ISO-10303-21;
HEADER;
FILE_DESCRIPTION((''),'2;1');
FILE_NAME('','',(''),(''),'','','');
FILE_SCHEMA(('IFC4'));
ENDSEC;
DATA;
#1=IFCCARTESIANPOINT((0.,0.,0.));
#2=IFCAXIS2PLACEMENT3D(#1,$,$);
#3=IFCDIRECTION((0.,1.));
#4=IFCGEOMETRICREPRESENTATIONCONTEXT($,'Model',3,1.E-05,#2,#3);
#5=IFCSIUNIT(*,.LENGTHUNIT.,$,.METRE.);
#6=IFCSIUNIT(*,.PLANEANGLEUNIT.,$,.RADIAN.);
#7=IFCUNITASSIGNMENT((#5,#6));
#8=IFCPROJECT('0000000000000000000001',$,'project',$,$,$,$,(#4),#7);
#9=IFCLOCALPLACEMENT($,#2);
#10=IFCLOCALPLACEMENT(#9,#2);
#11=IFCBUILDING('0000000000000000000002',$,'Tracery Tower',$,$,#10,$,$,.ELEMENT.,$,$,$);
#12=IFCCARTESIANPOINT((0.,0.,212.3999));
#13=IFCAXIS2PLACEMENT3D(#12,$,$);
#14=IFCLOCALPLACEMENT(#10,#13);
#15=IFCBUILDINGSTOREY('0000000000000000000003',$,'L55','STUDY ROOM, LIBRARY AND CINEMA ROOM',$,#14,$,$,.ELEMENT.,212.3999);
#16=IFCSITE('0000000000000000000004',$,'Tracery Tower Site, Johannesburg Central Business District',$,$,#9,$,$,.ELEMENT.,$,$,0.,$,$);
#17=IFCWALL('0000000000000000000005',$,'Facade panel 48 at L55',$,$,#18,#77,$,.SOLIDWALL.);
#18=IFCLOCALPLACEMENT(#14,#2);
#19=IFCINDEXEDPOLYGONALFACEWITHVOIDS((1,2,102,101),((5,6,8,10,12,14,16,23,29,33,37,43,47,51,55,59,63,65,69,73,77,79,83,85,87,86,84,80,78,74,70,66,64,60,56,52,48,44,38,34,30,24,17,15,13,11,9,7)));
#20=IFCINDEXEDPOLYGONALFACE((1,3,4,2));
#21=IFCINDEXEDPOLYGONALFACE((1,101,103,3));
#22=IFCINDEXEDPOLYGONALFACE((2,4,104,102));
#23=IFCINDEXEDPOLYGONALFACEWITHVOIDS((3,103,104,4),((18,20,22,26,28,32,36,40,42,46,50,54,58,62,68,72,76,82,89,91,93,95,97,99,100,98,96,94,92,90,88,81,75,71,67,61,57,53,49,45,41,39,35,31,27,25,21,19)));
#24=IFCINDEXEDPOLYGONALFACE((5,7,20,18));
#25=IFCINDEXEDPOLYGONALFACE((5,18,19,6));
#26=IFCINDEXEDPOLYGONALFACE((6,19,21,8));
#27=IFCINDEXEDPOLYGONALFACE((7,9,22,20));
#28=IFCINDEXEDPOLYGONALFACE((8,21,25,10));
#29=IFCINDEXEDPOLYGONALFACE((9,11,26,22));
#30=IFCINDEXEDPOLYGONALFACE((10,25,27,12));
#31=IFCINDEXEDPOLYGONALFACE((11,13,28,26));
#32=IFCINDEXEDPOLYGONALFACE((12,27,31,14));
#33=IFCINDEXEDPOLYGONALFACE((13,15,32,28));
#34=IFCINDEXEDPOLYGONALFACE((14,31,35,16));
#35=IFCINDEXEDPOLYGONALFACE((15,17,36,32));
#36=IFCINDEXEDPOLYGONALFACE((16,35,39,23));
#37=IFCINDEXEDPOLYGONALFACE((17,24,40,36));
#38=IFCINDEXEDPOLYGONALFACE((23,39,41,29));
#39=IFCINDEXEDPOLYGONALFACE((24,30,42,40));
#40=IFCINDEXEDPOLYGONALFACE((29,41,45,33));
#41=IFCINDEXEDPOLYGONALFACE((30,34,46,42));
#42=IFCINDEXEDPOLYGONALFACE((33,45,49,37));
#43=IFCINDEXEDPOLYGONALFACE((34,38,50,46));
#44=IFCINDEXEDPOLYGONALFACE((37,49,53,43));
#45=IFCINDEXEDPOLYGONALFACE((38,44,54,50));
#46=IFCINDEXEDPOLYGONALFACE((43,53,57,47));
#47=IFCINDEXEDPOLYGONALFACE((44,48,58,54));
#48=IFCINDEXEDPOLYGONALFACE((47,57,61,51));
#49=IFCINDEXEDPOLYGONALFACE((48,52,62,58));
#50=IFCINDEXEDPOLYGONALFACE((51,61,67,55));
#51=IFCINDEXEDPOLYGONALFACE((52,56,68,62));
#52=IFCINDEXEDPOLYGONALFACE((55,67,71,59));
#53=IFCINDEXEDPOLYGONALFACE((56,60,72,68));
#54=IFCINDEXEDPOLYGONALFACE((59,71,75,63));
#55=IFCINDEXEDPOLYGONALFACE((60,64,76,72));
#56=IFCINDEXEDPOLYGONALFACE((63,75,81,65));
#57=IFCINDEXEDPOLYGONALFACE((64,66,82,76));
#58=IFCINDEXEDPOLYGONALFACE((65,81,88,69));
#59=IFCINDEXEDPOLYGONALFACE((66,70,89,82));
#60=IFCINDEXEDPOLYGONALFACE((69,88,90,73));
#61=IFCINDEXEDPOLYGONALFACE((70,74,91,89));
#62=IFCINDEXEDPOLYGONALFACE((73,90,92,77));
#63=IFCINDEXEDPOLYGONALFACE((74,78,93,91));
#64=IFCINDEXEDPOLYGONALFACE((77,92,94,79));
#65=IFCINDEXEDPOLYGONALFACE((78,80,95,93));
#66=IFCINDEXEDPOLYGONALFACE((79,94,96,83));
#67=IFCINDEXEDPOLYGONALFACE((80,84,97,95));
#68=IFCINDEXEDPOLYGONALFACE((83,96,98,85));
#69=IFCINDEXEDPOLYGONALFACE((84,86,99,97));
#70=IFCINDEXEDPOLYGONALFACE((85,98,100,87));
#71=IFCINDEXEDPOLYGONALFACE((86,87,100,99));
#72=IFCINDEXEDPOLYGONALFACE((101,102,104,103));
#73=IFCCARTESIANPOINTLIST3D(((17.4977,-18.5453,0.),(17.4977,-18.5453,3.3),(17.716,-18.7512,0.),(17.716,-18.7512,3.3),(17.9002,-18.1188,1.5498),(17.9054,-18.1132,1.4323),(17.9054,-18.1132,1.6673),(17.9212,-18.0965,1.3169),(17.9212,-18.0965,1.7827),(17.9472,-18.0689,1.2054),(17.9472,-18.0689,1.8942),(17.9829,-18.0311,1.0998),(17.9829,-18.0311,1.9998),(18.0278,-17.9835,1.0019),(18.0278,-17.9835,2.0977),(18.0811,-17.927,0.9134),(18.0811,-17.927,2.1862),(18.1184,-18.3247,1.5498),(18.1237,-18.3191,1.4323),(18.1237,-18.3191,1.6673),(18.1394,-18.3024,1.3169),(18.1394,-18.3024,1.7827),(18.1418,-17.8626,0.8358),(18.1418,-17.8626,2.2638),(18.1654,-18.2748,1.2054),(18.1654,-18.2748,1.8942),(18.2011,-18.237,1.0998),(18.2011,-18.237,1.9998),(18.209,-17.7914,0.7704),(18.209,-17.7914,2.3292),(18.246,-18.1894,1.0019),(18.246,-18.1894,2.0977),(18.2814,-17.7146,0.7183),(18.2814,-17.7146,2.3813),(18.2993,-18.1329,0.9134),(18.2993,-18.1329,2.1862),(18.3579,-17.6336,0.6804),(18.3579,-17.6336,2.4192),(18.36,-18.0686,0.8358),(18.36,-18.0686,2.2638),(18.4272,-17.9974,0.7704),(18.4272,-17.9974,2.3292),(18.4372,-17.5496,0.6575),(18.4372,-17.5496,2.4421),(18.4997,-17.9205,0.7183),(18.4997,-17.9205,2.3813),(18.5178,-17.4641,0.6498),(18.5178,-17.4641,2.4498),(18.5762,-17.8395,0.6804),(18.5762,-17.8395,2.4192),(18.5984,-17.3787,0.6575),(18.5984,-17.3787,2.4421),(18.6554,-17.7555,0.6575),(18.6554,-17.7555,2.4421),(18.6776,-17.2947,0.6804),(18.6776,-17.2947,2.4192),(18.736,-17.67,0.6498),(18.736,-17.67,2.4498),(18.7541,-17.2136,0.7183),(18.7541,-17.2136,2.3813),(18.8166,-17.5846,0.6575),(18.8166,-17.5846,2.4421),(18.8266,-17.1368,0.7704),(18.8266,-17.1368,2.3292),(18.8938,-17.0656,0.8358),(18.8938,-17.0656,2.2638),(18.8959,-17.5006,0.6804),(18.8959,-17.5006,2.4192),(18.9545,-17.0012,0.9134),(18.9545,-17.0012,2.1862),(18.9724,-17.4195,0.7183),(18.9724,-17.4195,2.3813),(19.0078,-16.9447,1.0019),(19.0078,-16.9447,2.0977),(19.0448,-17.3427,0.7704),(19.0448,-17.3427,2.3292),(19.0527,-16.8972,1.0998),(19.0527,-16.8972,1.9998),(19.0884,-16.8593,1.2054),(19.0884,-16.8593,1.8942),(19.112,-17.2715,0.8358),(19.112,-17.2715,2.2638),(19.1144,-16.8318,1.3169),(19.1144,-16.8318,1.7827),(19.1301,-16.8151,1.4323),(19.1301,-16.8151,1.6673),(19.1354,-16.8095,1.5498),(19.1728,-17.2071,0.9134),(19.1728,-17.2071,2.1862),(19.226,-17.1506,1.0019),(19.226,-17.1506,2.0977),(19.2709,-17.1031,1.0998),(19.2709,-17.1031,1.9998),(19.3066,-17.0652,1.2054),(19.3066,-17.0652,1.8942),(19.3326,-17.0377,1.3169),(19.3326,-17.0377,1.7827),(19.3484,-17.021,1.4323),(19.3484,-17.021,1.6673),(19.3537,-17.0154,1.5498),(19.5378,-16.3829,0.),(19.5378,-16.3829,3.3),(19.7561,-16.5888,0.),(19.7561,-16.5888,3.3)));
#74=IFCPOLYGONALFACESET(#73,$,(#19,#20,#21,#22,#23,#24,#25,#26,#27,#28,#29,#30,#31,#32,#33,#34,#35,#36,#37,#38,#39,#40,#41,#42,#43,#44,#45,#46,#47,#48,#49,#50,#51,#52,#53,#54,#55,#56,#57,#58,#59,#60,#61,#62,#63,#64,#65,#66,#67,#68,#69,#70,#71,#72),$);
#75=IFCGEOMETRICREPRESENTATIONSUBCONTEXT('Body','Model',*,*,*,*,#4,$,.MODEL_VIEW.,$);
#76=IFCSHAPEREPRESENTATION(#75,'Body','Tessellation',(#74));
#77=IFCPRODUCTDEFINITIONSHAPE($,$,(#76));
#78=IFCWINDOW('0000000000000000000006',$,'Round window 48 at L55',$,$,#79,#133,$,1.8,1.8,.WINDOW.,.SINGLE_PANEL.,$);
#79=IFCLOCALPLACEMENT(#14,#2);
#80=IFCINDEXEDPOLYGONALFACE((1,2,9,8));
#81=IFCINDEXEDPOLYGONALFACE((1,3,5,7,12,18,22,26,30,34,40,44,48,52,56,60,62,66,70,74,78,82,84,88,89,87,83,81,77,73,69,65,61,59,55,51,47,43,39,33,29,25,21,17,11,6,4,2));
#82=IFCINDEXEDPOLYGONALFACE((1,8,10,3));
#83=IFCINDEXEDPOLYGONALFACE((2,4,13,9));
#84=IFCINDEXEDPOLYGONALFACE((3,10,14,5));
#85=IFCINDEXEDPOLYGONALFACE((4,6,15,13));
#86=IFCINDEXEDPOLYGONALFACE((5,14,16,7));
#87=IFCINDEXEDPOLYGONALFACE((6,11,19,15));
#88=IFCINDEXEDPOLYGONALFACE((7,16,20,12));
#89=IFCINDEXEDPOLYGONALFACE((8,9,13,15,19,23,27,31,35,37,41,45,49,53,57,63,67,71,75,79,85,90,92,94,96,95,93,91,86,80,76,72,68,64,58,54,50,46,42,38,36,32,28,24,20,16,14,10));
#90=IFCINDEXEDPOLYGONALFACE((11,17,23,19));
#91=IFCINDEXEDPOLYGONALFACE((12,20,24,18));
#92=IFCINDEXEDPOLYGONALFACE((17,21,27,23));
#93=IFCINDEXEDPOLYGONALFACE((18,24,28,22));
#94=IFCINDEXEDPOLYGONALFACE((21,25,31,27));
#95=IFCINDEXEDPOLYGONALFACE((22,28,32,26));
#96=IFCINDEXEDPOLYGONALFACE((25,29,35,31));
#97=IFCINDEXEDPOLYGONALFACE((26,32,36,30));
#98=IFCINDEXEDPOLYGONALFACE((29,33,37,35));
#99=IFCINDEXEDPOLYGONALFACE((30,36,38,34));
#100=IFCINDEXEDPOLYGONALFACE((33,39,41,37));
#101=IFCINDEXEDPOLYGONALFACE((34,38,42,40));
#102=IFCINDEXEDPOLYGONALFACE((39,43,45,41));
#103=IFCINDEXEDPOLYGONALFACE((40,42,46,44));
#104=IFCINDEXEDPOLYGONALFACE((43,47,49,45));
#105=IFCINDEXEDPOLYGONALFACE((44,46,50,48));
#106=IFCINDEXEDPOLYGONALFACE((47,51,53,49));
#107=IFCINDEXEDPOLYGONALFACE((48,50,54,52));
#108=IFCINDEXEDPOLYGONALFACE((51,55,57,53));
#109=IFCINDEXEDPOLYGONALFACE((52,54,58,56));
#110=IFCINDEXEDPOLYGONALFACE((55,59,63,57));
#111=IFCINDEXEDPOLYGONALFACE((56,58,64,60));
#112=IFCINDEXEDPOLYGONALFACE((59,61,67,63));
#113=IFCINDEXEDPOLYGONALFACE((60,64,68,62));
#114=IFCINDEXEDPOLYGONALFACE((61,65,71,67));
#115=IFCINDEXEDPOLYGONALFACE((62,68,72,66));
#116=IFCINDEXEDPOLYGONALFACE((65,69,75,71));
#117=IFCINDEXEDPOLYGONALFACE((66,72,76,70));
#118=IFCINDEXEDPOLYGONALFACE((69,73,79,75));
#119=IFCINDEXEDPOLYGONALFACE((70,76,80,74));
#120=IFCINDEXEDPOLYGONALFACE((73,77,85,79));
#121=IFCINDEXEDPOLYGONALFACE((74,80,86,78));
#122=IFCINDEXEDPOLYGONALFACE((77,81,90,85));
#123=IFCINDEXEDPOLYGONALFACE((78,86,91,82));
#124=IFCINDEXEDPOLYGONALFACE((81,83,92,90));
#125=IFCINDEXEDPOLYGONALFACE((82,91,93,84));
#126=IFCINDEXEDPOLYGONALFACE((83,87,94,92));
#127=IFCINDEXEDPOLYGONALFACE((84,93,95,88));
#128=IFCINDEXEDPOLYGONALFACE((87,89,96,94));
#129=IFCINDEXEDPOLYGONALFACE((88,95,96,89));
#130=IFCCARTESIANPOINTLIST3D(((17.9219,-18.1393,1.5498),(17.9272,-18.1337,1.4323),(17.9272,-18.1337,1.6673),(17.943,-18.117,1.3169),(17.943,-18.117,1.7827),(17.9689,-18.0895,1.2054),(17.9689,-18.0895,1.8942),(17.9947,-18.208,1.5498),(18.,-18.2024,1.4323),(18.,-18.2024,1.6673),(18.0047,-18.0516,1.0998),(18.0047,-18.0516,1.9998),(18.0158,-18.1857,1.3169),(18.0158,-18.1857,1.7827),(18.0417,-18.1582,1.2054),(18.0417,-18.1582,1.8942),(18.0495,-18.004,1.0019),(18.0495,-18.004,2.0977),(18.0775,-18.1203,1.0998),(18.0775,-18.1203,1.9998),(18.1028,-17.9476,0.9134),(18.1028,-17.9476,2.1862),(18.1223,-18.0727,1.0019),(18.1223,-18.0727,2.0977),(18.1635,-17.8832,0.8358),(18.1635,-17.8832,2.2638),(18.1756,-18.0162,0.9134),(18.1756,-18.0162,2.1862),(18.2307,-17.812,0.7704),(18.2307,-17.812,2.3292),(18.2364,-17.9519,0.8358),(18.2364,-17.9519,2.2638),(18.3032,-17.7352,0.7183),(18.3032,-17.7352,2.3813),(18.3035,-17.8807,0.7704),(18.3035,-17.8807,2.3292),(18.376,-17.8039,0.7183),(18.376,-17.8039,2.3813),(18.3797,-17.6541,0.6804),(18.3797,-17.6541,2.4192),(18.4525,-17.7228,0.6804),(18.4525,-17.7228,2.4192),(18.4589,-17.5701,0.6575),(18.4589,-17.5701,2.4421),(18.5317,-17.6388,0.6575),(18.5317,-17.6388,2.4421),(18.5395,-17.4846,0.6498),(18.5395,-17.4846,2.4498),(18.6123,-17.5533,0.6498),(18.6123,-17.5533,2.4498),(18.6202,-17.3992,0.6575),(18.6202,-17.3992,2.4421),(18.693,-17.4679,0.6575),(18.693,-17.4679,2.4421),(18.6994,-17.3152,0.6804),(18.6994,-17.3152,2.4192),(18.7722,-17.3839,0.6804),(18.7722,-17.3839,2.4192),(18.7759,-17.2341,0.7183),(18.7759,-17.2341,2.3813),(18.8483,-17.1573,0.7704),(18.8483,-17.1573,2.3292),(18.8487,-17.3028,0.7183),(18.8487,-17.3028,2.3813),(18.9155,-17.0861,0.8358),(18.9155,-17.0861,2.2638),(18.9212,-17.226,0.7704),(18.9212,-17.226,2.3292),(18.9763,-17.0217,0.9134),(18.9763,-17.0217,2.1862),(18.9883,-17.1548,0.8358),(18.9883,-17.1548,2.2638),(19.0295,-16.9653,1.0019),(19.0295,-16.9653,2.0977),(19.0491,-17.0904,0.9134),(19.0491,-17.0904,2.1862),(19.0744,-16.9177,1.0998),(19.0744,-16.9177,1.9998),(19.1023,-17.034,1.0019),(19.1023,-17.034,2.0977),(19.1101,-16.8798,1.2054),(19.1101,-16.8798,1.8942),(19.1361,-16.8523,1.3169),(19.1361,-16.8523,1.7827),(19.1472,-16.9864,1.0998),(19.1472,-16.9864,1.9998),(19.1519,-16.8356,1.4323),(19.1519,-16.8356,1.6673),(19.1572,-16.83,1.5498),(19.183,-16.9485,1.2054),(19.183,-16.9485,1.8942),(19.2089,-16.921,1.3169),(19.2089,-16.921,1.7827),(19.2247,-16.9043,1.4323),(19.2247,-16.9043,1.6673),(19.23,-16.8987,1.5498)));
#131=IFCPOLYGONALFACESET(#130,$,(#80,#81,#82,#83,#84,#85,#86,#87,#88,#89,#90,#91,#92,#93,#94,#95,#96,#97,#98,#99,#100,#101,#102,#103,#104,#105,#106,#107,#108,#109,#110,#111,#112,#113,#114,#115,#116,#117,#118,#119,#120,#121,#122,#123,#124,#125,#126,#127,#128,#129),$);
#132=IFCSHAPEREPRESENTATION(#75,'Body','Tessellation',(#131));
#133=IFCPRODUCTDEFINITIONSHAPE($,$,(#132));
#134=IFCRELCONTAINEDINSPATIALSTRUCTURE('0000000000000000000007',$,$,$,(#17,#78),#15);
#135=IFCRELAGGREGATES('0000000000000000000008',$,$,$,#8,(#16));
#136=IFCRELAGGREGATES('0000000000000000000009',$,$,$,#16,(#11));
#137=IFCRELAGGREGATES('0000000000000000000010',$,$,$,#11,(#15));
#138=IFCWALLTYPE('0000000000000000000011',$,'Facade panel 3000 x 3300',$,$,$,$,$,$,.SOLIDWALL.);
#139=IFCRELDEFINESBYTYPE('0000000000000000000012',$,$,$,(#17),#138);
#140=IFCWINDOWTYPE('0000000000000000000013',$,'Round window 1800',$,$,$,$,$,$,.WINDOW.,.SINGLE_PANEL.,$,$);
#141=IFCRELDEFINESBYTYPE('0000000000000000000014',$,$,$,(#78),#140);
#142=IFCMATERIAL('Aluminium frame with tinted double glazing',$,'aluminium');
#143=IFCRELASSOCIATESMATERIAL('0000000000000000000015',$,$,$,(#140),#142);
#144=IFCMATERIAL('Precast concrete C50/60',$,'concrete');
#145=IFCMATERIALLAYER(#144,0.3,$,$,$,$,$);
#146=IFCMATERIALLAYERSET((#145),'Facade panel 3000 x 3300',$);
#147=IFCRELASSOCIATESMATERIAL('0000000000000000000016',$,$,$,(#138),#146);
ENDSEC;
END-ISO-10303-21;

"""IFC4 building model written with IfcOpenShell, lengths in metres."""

from ifc_helpers import new_model, si_unit, direction, frame, frame_2d, origin, origin_2d, place, context, subcontext, project, spatial, rectangle, circle, extrude, material, layer, layer_set, type_object, element, fill, save


model = new_model("IFC4")

# Units and contexts
model_context = context("Model", 3, precision=1e-05, world=origin(), true_north=direction((0.0, 1.0)))
body_context = subcontext(model_context, "Body", "Model", "MODEL_VIEW")
ifc_project = project(units=[si_unit("LENGTHUNIT", "METRE"), si_unit("PLANEANGLEUNIT", "RADIAN")], contexts=[model_context])

# Site, building, storey
site_placement = place(None, origin())
site = spatial("IfcSite", under=ifc_project, at=site_placement, Name="Tracery Tower Site, Johannesburg Central Business District", CompositionType="ELEMENT", RefElevation=0.0)
building_placement = place(site_placement, origin())
building = spatial("IfcBuilding", under=site, at=building_placement, Name="Tracery Tower", CompositionType="ELEMENT")
storey_placement = place(building_placement, frame((0.0, 0.0, 212.3999)))
storey = spatial("IfcBuildingStorey", under=building, at=storey_placement, Name="L55", Description="STUDY ROOM, LIBRARY AND CINEMA ROOM", CompositionType="ELEMENT", Elevation=212.3999)

# Wall, opening, window
ifc_material_1 = material(Name="Aluminium frame with tinted double glazing", Category="aluminium")
window_type = type_object("IfcWindowType", Name="Round window 1800", PartitioningType="SINGLE_PANEL", PredefinedType="WINDOW", material=ifc_material_1)
ifc_material_2 = material(Name="Precast concrete C50/60", Category="concrete")
ifc_layer_1 = layer(ifc_material_2, 0.3)
ifc_layer_set_1 = layer_set([ifc_layer_1], Name="Facade panel 3000 x 3300")
wall_type_1 = type_object("IfcWallType", Name="Facade panel 3000 x 3300", PredefinedType="SOLIDWALL", material=ifc_layer_set_1)
wall_1_placement = place(storey_placement, frame((17.6069, -18.6482, 0.0), z_axis=(0.0, 0.0, 1.0), x_axis=(0.686235, 0.72738, 0.0)))
wall_1 = element("IfcWall", 1, at=wall_1_placement, inside=storey, type_object=wall_type_1, Name="Facade panel 48 at L55", PredefinedType="SOLIDWALL", context=body_context, shape_type="SweptSolid", body=[
    extrude(rectangle(XDim=2.9729, YDim=0.3, at=frame_2d((1.4863, 0.0))), origin(), (0.0, 0.0, 1.0), 3.3),
])
opening_1_placement = place(wall_1_placement, frame((1.4863, 0.0, 1.5498)))
opening_1 = element("IfcOpeningElement", 2, at=opening_1_placement, cuts=wall_1, PredefinedType="OPENING", context=body_context, shape_type="SweptSolid", body=[
    extrude(circle(Radius=0.9, at=origin_2d()), frame((0.0, 0.1599, 0.0), z_axis=(0.0, -1.0, 0.0), x_axis=(1.0, 0.0, 0.0)), (0.0, 0.0, 1.0), 0.3201),
])
window_1_placement = place(opening_1_placement, origin())
window_1 = element("IfcWindow", 3, at=window_1_placement, inside=storey, type_object=window_type, Name="Round window 48 at L55", OverallHeight=1.8, OverallWidth=1.8, PartitioningType="SINGLE_PANEL", PredefinedType="WINDOW", context=body_context, shape_type="SweptSolid", body=[
    extrude(circle(Radius=0.9, at=origin_2d()), frame((0.0, 0.1201, 0.0), z_axis=(0.0, -1.0, 0.0), x_axis=(1.0, 0.0, 0.0)), (0.0, 0.0, 1.0), 0.1001),
])
fill(opening_1, window_1)

save(model, "model.ifc")
